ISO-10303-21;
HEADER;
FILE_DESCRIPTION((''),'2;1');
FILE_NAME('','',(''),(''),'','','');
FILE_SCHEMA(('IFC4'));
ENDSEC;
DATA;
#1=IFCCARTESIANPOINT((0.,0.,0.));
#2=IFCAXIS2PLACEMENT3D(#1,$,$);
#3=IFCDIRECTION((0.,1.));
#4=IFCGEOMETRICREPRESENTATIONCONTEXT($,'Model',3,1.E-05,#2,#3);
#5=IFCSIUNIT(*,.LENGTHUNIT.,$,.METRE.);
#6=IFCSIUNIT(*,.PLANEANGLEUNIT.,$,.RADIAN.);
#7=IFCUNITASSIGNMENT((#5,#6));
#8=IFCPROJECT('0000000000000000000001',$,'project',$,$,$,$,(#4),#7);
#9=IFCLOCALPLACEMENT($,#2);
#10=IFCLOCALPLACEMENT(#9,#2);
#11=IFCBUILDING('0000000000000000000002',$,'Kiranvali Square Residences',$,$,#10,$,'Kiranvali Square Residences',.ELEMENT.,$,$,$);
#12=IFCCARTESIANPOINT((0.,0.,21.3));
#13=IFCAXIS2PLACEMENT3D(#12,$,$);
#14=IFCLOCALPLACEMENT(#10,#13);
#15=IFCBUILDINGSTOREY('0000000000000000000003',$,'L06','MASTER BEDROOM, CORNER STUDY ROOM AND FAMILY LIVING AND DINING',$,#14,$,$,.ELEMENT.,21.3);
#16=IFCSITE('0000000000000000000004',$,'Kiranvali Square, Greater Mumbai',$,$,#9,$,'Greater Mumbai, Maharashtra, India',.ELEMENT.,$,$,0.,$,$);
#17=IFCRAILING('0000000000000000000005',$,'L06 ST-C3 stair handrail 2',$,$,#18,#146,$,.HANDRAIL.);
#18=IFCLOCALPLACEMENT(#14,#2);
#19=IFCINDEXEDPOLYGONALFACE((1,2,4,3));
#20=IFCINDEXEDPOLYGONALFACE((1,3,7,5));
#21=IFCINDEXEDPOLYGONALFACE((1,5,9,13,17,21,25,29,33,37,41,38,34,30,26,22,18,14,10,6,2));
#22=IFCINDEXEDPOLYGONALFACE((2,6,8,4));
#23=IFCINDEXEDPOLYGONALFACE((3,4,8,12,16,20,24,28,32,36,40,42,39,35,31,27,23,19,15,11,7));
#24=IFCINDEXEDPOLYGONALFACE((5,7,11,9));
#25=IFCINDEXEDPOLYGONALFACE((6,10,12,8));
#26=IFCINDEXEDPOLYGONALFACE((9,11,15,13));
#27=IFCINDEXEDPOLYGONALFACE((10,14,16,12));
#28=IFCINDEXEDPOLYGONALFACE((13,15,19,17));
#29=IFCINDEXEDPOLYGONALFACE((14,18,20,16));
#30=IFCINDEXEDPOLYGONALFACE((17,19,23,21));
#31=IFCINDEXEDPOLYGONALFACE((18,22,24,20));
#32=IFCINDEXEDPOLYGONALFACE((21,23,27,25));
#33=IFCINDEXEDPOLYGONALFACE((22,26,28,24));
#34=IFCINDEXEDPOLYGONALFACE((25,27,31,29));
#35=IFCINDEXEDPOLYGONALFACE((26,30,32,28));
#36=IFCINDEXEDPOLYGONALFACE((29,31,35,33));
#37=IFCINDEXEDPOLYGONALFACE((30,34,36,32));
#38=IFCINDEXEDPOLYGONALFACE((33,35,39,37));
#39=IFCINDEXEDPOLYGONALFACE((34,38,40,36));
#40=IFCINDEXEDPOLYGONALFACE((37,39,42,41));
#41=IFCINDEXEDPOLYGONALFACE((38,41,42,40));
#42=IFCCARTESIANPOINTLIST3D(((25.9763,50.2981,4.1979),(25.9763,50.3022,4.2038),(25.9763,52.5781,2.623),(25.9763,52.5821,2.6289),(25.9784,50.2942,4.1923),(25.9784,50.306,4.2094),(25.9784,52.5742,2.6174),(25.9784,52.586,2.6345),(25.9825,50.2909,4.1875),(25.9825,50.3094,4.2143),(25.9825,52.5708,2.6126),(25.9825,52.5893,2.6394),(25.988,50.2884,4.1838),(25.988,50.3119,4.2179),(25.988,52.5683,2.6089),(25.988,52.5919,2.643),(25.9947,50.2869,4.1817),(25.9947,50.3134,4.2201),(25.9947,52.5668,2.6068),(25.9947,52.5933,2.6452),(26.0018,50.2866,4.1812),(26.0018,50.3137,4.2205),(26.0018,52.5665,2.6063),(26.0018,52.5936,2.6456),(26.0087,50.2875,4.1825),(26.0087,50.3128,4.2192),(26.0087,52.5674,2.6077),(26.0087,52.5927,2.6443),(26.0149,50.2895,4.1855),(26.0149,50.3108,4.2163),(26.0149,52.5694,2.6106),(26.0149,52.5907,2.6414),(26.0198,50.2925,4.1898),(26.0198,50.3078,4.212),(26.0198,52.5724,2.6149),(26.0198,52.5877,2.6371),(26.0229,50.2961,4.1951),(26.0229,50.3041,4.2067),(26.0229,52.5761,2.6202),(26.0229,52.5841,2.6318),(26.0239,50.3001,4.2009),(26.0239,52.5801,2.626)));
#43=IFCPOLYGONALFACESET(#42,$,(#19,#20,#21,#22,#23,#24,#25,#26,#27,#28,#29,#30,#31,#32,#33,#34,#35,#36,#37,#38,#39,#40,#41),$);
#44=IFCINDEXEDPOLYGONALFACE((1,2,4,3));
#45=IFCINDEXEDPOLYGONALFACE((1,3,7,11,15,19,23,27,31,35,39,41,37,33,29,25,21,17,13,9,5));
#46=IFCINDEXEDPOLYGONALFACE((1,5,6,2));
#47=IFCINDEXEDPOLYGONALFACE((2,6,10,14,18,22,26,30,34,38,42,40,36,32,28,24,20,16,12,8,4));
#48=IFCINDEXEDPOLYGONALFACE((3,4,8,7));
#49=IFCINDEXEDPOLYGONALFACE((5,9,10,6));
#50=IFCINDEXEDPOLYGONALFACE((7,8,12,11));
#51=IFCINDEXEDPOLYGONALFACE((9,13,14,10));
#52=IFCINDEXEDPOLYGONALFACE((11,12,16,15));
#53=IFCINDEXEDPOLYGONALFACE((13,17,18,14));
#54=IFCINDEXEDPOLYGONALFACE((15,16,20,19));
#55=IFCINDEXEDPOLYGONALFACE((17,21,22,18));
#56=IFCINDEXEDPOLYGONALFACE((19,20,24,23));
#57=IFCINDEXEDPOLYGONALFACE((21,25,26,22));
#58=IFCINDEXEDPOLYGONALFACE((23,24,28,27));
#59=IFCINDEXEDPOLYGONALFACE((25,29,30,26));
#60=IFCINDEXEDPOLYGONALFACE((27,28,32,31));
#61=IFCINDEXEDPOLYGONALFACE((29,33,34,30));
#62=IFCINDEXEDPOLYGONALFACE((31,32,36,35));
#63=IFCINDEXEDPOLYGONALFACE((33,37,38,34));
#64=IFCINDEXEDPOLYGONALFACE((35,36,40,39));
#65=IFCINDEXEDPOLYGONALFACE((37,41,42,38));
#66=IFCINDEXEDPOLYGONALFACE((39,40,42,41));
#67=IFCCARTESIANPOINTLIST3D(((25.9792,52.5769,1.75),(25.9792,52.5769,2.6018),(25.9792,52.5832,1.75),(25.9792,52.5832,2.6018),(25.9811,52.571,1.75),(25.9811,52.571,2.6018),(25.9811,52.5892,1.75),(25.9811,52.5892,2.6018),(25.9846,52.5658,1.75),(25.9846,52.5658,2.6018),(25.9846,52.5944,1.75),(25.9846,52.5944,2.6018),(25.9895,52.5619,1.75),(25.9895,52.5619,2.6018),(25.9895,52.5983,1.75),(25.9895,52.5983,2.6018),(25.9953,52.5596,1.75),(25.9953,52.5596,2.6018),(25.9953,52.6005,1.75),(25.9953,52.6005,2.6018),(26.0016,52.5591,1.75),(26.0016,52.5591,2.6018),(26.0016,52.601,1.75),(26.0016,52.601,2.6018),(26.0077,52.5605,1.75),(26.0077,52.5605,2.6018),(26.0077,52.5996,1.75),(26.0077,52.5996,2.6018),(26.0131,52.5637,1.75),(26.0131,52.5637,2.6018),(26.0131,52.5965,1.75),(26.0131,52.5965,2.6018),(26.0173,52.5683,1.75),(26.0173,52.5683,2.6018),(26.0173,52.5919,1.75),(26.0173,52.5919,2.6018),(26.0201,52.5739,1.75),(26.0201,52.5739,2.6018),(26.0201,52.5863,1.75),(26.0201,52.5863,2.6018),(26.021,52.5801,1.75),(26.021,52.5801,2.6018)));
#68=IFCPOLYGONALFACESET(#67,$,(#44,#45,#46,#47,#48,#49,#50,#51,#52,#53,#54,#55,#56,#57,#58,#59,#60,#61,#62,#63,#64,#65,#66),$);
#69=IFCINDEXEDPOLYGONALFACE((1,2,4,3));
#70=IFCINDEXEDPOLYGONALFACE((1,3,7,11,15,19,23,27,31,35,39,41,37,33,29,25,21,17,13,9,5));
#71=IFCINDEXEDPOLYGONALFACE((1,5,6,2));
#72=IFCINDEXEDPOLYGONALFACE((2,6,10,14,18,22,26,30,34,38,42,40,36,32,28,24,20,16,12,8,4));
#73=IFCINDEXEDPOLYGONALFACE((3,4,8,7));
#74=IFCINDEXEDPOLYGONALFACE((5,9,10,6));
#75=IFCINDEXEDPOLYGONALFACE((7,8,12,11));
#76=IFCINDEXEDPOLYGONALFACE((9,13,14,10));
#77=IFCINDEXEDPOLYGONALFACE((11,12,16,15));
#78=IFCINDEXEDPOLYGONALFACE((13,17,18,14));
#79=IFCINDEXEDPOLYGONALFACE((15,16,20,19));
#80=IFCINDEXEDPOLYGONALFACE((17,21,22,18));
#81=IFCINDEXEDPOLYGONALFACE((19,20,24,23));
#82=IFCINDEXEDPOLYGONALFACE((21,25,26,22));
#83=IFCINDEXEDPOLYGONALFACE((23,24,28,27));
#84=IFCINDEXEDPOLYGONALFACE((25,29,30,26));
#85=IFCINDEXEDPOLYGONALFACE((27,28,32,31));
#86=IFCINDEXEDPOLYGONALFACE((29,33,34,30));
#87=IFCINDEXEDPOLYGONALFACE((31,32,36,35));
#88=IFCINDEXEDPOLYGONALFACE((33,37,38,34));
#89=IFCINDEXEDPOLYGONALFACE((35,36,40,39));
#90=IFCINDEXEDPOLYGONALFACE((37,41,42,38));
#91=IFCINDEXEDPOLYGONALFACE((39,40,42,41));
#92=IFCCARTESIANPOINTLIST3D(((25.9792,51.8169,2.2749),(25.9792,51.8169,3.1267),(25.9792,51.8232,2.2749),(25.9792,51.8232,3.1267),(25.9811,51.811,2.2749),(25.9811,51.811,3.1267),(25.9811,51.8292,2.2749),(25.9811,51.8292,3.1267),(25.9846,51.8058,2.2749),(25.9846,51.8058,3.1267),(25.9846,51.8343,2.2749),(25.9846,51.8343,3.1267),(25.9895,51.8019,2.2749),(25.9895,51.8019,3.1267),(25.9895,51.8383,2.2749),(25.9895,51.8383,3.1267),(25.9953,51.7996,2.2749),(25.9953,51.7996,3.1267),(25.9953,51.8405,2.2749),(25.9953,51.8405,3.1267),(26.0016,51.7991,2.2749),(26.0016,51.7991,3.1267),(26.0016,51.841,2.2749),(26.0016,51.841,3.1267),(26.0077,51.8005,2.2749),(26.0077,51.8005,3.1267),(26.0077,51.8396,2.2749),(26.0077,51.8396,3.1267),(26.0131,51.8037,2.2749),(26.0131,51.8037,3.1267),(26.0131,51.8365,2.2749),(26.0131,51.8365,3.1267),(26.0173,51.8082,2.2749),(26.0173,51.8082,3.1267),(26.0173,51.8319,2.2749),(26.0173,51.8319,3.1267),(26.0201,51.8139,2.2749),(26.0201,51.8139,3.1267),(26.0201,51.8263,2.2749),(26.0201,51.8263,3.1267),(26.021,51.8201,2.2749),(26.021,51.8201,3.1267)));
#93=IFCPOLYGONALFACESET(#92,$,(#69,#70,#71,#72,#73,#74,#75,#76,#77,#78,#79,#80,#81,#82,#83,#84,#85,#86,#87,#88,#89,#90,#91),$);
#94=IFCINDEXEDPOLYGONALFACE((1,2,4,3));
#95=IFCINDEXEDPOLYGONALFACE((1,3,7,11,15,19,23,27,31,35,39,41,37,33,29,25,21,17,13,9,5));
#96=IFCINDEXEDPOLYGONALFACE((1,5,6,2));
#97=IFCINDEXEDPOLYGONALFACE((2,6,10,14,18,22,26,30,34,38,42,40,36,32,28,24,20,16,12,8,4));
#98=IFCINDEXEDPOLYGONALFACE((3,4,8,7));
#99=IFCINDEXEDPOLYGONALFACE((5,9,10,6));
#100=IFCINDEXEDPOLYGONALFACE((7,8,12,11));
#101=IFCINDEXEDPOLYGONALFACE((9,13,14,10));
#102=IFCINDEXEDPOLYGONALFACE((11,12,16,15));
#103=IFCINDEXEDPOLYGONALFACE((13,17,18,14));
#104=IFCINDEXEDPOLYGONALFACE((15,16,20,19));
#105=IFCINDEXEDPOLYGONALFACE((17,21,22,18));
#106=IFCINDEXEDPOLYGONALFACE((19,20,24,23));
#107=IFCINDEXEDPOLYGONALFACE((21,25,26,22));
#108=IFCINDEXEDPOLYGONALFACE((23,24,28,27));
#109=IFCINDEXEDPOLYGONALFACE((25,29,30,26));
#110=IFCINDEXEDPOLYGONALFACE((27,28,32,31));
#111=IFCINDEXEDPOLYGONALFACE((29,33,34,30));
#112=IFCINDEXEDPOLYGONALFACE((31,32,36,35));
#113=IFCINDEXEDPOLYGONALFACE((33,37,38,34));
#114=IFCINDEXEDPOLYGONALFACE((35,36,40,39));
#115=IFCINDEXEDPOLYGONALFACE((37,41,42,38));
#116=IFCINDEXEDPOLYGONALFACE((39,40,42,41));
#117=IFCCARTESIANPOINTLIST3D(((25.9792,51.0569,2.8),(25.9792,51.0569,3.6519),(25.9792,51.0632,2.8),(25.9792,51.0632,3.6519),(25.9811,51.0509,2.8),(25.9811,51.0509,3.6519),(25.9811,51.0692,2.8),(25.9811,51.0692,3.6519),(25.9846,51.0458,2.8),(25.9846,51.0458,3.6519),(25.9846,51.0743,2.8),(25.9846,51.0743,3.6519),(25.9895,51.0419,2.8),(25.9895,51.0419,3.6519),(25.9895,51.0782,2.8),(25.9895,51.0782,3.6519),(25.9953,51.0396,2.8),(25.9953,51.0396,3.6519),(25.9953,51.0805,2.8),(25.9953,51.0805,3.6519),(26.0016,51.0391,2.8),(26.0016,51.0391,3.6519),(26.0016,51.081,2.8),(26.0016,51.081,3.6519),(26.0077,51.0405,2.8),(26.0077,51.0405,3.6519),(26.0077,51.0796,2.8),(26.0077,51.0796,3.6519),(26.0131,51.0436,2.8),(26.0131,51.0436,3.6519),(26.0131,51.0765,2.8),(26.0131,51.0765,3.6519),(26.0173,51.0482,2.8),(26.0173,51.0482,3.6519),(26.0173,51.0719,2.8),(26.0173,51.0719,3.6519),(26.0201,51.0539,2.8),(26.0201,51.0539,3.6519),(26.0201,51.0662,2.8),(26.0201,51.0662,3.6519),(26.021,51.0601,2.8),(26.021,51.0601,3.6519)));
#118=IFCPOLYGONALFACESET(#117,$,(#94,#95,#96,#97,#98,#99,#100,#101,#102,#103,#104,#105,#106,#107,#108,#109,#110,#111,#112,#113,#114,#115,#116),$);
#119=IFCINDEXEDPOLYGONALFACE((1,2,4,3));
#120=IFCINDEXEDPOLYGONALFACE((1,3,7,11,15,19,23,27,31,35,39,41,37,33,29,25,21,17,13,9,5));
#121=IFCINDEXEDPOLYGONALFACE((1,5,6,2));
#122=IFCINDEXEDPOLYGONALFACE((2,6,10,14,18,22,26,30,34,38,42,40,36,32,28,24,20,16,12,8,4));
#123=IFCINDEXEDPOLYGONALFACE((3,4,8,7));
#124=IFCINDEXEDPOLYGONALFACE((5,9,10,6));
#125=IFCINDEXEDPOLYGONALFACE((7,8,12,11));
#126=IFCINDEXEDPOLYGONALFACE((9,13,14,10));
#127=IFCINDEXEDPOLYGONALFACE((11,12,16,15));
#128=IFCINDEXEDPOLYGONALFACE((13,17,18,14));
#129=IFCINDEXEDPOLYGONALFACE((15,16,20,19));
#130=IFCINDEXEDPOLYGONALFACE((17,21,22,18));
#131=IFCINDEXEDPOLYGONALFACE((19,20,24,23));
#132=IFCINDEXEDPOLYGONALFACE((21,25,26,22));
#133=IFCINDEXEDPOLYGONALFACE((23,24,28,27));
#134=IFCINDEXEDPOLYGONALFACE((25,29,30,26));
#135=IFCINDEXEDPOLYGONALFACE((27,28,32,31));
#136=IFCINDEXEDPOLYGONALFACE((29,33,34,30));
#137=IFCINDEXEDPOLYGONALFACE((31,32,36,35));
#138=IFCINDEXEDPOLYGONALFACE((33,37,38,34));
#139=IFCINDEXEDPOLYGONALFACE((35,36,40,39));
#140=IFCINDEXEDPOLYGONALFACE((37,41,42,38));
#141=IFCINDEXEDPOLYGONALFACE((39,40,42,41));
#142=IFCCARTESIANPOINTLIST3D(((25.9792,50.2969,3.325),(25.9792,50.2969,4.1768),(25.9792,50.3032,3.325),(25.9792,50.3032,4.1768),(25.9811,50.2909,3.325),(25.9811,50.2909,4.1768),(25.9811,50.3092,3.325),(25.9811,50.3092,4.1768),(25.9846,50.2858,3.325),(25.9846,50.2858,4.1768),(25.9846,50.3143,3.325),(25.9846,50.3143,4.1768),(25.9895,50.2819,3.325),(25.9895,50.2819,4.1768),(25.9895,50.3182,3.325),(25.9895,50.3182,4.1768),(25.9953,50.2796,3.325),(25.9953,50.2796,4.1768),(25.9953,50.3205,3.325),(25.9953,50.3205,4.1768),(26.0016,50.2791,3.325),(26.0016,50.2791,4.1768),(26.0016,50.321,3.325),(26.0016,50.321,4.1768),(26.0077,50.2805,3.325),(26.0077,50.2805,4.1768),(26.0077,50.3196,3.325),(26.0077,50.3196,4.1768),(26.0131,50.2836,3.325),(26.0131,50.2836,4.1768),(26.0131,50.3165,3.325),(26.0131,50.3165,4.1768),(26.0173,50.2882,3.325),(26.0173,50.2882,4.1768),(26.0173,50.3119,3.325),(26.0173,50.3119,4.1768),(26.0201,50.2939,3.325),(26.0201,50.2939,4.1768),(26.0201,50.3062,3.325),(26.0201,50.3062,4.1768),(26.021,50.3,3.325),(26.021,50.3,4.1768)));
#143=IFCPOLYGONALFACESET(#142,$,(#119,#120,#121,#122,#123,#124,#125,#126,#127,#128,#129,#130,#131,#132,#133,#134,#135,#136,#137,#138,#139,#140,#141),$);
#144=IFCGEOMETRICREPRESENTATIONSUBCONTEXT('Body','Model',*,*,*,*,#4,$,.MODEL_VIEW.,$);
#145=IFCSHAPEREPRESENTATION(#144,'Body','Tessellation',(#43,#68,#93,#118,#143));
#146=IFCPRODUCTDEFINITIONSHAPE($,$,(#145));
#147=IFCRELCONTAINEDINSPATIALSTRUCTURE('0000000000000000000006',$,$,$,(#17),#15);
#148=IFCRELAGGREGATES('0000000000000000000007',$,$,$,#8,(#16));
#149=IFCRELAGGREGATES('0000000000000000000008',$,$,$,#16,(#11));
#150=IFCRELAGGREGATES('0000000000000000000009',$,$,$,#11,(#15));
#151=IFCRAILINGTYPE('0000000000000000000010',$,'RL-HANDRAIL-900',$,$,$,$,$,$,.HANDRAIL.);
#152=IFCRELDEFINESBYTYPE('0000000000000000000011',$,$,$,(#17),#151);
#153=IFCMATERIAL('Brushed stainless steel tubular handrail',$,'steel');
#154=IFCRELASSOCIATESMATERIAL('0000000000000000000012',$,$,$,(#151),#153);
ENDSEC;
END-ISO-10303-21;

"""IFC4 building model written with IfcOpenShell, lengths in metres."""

from ifc_helpers import new_model, si_unit, direction, frame, origin, origin_2d, place, context, subcontext, project, spatial, circle, extrude, material, type_object, element, save


model = new_model("IFC4")

# Units and contexts
model_context = context("Model", 3, precision=1e-05, world=origin(), true_north=direction((0.0, 1.0)))
body_context = subcontext(model_context, "Body", "Model", "MODEL_VIEW")
ifc_project = project(units=[si_unit("LENGTHUNIT", "METRE"), si_unit("PLANEANGLEUNIT", "RADIAN")], contexts=[model_context])

# Site, building, storey
site_placement = place(None, origin())
site = spatial("IfcSite", under=ifc_project, at=site_placement, Name="Kiranvali Square, Greater Mumbai", LongName="Greater Mumbai, Maharashtra, India", CompositionType="ELEMENT", RefElevation=0.0)
building_placement = place(site_placement, origin())
building = spatial("IfcBuilding", under=site, at=building_placement, Name="Kiranvali Square Residences", LongName="Kiranvali Square Residences", CompositionType="ELEMENT")
storey_placement = place(building_placement, frame((0.0, 0.0, 21.3)))
storey = spatial("IfcBuildingStorey", under=building, at=storey_placement, Name="L06", Description="MASTER BEDROOM, CORNER STUDY ROOM AND FAMILY LIVING AND DINING", CompositionType="ELEMENT", Elevation=21.3)

# Railing
ifc_material_1 = material(Name="Brushed stainless steel tubular handrail", Category="steel")
railing_type_1 = type_object("IfcRailingType", Name="RL-HANDRAIL-900", PredefinedType="HANDRAIL", material=ifc_material_1)
railing_1_placement = place(storey_placement, frame((26.0, 52.5801, 1.75)))
element("IfcRailing", 1, at=railing_1_placement, inside=storey, type_object=railing_type_1, Name="L06 ST-C3 stair handrail 2", PredefinedType="HANDRAIL", context=body_context, shape_type="SweptSolid", body=[
    extrude(circle(Radius=0.0239, at=origin_2d()), frame((0.0, 0.0, 0.876), z_axis=(0.0, -0.822788, 0.568348), x_axis=(1.0, 0.0, 0.0)), (0.0, 0.0, 1.0), 2.771),
    extrude(circle(Radius=0.021, at=origin_2d()), origin(), (0.0, 0.0, 1.0), 0.8518),
    extrude(circle(Radius=0.021, at=origin_2d()), frame((0.0, -0.76, 0.5249)), (0.0, 0.0, 1.0), 0.8518),
    extrude(circle(Radius=0.021, at=origin_2d()), frame((0.0, -1.52, 1.05)), (0.0, 0.0, 1.0), 0.8518),
    extrude(circle(Radius=0.021, at=origin_2d()), frame((0.0, -2.28, 1.575)), (0.0, 0.0, 1.0), 0.8518),
])

save(model, "model.ifc")
